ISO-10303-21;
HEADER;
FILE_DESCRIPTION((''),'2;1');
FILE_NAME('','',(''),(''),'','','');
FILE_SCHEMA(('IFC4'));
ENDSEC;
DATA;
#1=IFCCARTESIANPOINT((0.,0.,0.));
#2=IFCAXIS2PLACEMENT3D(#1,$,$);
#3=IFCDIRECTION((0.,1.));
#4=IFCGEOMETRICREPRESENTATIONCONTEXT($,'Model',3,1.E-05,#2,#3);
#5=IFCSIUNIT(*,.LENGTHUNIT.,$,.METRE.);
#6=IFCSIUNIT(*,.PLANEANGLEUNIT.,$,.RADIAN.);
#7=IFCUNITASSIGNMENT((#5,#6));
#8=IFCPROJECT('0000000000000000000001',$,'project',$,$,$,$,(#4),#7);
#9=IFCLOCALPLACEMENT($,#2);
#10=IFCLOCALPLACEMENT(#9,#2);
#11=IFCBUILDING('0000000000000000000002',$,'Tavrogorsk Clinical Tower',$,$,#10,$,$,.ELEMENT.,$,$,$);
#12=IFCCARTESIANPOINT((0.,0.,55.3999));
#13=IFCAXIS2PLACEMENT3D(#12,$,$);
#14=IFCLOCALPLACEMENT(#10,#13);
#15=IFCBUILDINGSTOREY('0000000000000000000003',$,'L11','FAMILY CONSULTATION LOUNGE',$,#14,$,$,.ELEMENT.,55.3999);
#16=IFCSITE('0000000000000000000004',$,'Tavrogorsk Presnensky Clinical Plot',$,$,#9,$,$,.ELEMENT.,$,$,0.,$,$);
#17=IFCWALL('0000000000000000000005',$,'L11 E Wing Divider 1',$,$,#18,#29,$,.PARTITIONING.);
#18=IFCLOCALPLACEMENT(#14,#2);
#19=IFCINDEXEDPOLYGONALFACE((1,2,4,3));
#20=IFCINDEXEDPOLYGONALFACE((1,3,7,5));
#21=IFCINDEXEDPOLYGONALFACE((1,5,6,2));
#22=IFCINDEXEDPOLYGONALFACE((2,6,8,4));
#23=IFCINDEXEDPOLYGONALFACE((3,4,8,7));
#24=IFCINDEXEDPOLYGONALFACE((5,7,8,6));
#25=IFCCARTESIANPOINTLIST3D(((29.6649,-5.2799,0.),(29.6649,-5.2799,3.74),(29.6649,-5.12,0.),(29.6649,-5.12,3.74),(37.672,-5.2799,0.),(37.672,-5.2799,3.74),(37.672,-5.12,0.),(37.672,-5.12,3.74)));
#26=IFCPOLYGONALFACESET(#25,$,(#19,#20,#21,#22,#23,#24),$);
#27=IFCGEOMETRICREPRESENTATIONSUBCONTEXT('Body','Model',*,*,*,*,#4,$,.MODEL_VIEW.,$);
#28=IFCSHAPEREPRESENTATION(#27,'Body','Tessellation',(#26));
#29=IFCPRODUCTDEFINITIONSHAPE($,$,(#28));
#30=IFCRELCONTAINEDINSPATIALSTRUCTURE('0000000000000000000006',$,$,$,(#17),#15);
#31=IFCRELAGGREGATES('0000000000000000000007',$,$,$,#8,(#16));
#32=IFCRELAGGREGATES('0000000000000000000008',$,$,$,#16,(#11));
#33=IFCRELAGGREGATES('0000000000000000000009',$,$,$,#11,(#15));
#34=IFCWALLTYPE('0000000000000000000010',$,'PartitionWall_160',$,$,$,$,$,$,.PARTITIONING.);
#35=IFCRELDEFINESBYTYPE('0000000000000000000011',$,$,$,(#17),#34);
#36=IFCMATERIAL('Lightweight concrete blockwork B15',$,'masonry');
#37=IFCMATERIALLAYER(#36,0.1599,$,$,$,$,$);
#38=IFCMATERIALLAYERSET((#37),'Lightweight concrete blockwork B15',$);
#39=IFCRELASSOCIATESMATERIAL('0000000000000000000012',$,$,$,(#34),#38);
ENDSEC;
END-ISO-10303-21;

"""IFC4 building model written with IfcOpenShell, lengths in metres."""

from ifc_helpers import new_model, si_unit, direction, frame, frame_2d, origin, place, context, subcontext, project, spatial, rectangle, extrude, material, layer, layer_set, type_object, element, save


model = new_model("IFC4")

# Units and contexts
model_context = context("Model", 3, precision=1e-05, world=origin(), true_north=direction((0.0, 1.0)))
body_context = subcontext(model_context, "Body", "Model", "MODEL_VIEW")
ifc_project = project(units=[si_unit("LENGTHUNIT", "METRE"), si_unit("PLANEANGLEUNIT", "RADIAN")], contexts=[model_context])

# Site, building, storey
site_placement = place(None, origin())
site = spatial("IfcSite", under=ifc_project, at=site_placement, Name="Tavrogorsk Presnensky Clinical Plot", CompositionType="ELEMENT", RefElevation=0.0)
building_placement = place(site_placement, origin())
building = spatial("IfcBuilding", under=site, at=building_placement, Name="Tavrogorsk Clinical Tower", CompositionType="ELEMENT")
storey_placement = place(building_placement, frame((0.0, 0.0, 55.3999)))
storey = spatial("IfcBuildingStorey", under=building, at=storey_placement, Name="L11", Description="FAMILY CONSULTATION LOUNGE", CompositionType="ELEMENT", Elevation=55.3999)

# Shared definitions
ifc_material_1 = material(Name="Lightweight concrete blockwork B15", Category="masonry")
ifc_layer = layer(ifc_material_1, 0.1599)
ifc_layer_set = layer_set([ifc_layer], Name="Lightweight concrete blockwork B15")
wall_type = type_object("IfcWallType", Name="PartitionWall_160", PredefinedType="PARTITIONING", material=ifc_layer_set)

# Wall
wall_1_placement = place(storey_placement, frame((29.665, -5.2, 0.0), z_axis=(0.0, 0.0, 1.0), x_axis=(1.0, 0.0, 0.0)))
element("IfcWall", 1, at=wall_1_placement, inside=storey, type_object=wall_type, Name="L11 E Wing Divider 1", PredefinedType="PARTITIONING", context=body_context, shape_type="SweptSolid", body=[
    extrude(rectangle(XDim=8.0071, YDim=0.1599, at=frame_2d((4.0034, 0.0))), origin(), (0.0, 0.0, 1.0), 3.74),
])

save(model, "model.ifc")
